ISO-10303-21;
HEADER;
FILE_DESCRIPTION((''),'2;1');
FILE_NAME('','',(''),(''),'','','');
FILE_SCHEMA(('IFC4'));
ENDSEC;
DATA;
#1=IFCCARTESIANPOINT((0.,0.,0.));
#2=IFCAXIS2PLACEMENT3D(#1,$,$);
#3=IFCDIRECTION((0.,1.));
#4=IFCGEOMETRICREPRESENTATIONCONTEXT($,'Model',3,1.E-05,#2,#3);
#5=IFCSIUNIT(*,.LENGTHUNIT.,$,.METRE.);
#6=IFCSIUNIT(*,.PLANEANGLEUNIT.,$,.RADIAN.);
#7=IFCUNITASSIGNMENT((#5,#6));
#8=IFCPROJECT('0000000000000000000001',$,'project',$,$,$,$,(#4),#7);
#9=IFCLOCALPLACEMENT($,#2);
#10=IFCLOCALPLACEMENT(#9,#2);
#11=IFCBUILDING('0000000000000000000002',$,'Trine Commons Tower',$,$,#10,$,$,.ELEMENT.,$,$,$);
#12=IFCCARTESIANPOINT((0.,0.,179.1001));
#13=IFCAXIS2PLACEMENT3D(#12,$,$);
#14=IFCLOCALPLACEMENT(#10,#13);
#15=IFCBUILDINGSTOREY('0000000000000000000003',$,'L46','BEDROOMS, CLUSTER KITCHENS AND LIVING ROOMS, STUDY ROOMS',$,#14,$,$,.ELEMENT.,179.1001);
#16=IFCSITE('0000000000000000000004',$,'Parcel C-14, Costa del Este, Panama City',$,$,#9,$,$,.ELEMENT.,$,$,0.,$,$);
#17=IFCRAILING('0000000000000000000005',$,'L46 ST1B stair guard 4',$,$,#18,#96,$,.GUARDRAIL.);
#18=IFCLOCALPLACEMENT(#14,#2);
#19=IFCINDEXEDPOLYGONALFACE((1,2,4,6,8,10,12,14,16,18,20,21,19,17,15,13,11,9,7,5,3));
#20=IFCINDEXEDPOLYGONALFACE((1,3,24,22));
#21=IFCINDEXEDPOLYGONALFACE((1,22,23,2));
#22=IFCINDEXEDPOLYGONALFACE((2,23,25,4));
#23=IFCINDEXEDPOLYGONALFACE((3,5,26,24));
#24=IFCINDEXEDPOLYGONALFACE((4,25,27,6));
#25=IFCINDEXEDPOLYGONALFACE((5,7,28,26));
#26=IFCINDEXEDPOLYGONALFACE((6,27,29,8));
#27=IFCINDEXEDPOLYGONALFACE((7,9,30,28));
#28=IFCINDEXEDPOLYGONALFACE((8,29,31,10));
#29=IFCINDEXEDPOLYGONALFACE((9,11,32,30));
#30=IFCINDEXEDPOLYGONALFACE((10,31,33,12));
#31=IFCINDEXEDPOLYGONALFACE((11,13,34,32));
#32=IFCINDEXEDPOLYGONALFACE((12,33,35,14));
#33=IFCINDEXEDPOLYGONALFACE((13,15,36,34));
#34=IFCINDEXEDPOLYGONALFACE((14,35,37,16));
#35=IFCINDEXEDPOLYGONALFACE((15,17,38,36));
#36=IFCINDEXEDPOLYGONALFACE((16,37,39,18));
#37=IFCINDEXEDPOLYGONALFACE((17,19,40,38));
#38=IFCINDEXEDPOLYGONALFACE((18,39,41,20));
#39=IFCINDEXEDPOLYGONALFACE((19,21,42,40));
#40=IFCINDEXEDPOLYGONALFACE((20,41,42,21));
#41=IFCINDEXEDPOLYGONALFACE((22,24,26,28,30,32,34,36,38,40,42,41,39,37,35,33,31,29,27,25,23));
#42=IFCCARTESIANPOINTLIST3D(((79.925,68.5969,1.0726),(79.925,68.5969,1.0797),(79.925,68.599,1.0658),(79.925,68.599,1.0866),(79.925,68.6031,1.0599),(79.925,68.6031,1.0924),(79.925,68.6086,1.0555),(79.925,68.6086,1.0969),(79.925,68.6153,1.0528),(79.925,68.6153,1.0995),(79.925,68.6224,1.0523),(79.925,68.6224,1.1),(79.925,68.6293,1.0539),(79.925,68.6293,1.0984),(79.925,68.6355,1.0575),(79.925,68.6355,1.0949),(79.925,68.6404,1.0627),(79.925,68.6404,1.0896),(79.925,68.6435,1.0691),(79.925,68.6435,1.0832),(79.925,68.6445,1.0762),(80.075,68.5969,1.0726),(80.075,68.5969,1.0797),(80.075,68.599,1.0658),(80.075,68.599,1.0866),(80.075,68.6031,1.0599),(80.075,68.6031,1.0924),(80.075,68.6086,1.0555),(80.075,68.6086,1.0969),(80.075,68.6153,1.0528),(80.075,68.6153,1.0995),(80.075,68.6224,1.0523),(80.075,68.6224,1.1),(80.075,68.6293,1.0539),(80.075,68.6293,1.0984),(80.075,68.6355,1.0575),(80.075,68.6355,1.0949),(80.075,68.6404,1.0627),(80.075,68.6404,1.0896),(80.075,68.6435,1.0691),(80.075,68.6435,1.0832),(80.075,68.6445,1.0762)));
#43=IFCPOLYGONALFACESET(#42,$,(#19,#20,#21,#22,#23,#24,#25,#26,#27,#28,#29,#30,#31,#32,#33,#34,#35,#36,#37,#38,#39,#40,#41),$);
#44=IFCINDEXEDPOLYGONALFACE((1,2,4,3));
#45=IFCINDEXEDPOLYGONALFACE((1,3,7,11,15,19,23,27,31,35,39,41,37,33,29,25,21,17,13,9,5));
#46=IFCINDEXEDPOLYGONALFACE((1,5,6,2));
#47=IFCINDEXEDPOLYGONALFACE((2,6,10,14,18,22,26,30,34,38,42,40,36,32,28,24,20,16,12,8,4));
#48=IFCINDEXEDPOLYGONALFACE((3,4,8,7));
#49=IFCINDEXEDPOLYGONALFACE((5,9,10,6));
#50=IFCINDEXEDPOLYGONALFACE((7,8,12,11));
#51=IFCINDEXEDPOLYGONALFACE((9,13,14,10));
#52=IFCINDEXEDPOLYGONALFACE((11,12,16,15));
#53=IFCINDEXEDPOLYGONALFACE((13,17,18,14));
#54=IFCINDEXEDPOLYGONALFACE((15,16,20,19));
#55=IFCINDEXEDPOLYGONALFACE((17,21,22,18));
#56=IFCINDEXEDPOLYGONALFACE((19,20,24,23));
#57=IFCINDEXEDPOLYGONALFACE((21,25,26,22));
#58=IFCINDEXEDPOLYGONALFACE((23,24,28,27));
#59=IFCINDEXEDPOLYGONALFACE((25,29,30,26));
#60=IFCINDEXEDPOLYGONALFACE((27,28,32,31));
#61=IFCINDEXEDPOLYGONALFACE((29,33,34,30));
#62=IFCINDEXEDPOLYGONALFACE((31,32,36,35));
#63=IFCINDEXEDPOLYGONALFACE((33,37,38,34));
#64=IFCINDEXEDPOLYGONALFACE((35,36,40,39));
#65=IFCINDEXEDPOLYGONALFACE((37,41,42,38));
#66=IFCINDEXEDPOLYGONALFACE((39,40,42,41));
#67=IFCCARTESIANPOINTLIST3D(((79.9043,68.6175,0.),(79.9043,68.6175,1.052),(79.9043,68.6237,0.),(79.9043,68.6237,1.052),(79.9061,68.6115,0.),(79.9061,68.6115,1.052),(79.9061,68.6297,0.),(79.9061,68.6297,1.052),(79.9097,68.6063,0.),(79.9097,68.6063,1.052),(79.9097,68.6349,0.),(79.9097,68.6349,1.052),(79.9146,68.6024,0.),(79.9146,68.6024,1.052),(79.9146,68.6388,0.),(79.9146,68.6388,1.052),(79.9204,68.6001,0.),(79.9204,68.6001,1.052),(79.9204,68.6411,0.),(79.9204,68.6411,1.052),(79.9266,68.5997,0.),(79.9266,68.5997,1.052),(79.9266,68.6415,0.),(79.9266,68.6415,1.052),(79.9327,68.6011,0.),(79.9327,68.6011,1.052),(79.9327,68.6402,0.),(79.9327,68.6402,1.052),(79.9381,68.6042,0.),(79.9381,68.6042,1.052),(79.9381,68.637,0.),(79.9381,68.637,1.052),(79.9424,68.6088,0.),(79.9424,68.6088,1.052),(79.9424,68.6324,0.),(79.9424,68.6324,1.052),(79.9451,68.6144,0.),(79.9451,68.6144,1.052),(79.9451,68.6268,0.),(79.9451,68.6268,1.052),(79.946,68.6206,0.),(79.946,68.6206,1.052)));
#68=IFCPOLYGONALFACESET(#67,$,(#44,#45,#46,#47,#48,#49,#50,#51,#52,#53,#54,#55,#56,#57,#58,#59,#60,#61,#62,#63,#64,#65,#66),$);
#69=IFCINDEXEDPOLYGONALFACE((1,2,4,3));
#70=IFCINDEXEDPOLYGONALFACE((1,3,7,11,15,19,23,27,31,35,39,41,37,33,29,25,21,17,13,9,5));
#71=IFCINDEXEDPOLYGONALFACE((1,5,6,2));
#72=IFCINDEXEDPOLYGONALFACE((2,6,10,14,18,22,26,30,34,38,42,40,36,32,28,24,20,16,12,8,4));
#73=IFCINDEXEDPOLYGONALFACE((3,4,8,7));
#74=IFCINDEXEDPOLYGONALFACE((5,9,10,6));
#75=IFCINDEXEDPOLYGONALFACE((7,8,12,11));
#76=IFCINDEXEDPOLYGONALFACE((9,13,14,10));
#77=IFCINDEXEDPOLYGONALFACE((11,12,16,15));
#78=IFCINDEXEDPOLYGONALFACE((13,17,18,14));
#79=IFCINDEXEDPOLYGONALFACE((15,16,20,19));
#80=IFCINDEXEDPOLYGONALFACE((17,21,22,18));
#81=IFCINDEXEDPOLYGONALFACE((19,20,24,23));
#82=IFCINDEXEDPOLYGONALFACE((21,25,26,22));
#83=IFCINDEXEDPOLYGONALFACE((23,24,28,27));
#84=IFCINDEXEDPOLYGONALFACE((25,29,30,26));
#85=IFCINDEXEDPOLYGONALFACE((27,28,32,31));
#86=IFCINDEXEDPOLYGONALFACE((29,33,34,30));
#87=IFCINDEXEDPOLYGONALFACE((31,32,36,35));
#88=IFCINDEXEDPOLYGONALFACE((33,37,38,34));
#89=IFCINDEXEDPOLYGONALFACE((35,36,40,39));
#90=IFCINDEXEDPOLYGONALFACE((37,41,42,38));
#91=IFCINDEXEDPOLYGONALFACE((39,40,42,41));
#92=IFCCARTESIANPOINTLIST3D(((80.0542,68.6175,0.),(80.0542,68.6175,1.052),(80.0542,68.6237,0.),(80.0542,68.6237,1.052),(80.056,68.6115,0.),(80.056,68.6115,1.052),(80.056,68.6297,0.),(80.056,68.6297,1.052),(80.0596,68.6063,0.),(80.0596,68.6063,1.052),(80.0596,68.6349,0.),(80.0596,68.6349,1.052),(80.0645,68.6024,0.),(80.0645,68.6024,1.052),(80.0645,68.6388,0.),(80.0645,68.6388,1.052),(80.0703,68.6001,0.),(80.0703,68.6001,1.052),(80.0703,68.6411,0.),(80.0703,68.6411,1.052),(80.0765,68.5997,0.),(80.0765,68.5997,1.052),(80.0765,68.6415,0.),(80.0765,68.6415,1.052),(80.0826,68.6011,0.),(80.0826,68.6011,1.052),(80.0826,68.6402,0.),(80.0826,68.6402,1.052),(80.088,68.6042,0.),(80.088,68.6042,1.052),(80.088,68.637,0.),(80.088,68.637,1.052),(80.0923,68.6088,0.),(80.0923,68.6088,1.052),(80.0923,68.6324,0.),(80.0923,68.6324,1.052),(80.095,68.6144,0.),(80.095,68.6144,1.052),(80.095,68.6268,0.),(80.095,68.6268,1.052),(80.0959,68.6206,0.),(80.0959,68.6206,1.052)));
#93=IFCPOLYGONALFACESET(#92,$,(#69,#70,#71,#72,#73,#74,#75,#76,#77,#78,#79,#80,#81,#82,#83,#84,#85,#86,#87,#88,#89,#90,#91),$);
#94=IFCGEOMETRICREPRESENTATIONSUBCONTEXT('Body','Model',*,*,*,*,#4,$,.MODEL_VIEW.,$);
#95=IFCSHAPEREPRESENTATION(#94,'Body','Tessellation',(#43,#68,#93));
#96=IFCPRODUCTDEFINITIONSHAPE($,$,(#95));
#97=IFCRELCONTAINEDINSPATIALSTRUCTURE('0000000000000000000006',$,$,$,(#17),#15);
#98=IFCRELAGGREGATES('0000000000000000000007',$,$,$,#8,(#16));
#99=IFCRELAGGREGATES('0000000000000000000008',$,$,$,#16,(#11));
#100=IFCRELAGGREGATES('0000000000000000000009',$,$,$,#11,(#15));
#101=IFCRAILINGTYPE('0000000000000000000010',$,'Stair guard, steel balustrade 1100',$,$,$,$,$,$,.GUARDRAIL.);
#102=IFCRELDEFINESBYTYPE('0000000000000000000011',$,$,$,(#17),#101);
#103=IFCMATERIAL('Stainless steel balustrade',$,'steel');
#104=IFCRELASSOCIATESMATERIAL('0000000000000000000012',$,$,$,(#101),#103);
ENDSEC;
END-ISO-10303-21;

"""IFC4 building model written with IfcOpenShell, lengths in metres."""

from ifc_helpers import new_model, si_unit, direction, frame, origin, origin_2d, place, context, subcontext, project, spatial, circle, extrude, material, type_object, element, save


model = new_model("IFC4")

# Units and contexts
model_context = context("Model", 3, precision=1e-05, world=origin(), true_north=direction((0.0, 1.0)))
body_context = subcontext(model_context, "Body", "Model", "MODEL_VIEW")
ifc_project = project(units=[si_unit("LENGTHUNIT", "METRE"), si_unit("PLANEANGLEUNIT", "RADIAN")], contexts=[model_context])

# Site, building, storey
site_placement = place(None, origin())
site = spatial("IfcSite", under=ifc_project, at=site_placement, Name="Parcel C-14, Costa del Este, Panama City", CompositionType="ELEMENT", RefElevation=0.0)
building_placement = place(site_placement, origin())
building = spatial("IfcBuilding", under=site, at=building_placement, Name="Trine Commons Tower", CompositionType="ELEMENT")
storey_placement = place(building_placement, frame((0.0, 0.0, 179.1001)))
storey = spatial("IfcBuildingStorey", under=building, at=storey_placement, Name="L46", Description="BEDROOMS, CLUSTER KITCHENS AND LIVING ROOMS, STUDY ROOMS", CompositionType="ELEMENT", Elevation=179.1001)

# Railing
ifc_material_1 = material(Name="Stainless steel balustrade", Category="steel")
railing_type_1 = type_object("IfcRailingType", Name="Stair guard, steel balustrade 1100", PredefinedType="GUARDRAIL", material=ifc_material_1)
railing_1_placement = place(storey_placement, frame((79.925, 68.6206, 0.0)))
element("IfcRailing", 1, at=railing_1_placement, inside=storey, type_object=railing_type_1, Name="L46 ST1B stair guard 4", PredefinedType="GUARDRAIL", context=body_context, shape_type="SweptSolid", body=[
    extrude(circle(Radius=0.0239, at=origin_2d()), frame((0.0, 0.0, 1.0762), z_axis=(1.0, 0.0, 0.0), x_axis=(0.0, 1.0, 0.0)), (0.0, 0.0, 1.0), 0.1499),
    extrude(circle(Radius=0.021, at=origin_2d()), origin(), (0.0, 0.0, 1.0), 1.052),
    extrude(circle(Radius=0.021, at=origin_2d()), frame((0.1499, 0.0, 0.0)), (0.0, 0.0, 1.0), 1.052),
])

save(model, "model.ifc")
